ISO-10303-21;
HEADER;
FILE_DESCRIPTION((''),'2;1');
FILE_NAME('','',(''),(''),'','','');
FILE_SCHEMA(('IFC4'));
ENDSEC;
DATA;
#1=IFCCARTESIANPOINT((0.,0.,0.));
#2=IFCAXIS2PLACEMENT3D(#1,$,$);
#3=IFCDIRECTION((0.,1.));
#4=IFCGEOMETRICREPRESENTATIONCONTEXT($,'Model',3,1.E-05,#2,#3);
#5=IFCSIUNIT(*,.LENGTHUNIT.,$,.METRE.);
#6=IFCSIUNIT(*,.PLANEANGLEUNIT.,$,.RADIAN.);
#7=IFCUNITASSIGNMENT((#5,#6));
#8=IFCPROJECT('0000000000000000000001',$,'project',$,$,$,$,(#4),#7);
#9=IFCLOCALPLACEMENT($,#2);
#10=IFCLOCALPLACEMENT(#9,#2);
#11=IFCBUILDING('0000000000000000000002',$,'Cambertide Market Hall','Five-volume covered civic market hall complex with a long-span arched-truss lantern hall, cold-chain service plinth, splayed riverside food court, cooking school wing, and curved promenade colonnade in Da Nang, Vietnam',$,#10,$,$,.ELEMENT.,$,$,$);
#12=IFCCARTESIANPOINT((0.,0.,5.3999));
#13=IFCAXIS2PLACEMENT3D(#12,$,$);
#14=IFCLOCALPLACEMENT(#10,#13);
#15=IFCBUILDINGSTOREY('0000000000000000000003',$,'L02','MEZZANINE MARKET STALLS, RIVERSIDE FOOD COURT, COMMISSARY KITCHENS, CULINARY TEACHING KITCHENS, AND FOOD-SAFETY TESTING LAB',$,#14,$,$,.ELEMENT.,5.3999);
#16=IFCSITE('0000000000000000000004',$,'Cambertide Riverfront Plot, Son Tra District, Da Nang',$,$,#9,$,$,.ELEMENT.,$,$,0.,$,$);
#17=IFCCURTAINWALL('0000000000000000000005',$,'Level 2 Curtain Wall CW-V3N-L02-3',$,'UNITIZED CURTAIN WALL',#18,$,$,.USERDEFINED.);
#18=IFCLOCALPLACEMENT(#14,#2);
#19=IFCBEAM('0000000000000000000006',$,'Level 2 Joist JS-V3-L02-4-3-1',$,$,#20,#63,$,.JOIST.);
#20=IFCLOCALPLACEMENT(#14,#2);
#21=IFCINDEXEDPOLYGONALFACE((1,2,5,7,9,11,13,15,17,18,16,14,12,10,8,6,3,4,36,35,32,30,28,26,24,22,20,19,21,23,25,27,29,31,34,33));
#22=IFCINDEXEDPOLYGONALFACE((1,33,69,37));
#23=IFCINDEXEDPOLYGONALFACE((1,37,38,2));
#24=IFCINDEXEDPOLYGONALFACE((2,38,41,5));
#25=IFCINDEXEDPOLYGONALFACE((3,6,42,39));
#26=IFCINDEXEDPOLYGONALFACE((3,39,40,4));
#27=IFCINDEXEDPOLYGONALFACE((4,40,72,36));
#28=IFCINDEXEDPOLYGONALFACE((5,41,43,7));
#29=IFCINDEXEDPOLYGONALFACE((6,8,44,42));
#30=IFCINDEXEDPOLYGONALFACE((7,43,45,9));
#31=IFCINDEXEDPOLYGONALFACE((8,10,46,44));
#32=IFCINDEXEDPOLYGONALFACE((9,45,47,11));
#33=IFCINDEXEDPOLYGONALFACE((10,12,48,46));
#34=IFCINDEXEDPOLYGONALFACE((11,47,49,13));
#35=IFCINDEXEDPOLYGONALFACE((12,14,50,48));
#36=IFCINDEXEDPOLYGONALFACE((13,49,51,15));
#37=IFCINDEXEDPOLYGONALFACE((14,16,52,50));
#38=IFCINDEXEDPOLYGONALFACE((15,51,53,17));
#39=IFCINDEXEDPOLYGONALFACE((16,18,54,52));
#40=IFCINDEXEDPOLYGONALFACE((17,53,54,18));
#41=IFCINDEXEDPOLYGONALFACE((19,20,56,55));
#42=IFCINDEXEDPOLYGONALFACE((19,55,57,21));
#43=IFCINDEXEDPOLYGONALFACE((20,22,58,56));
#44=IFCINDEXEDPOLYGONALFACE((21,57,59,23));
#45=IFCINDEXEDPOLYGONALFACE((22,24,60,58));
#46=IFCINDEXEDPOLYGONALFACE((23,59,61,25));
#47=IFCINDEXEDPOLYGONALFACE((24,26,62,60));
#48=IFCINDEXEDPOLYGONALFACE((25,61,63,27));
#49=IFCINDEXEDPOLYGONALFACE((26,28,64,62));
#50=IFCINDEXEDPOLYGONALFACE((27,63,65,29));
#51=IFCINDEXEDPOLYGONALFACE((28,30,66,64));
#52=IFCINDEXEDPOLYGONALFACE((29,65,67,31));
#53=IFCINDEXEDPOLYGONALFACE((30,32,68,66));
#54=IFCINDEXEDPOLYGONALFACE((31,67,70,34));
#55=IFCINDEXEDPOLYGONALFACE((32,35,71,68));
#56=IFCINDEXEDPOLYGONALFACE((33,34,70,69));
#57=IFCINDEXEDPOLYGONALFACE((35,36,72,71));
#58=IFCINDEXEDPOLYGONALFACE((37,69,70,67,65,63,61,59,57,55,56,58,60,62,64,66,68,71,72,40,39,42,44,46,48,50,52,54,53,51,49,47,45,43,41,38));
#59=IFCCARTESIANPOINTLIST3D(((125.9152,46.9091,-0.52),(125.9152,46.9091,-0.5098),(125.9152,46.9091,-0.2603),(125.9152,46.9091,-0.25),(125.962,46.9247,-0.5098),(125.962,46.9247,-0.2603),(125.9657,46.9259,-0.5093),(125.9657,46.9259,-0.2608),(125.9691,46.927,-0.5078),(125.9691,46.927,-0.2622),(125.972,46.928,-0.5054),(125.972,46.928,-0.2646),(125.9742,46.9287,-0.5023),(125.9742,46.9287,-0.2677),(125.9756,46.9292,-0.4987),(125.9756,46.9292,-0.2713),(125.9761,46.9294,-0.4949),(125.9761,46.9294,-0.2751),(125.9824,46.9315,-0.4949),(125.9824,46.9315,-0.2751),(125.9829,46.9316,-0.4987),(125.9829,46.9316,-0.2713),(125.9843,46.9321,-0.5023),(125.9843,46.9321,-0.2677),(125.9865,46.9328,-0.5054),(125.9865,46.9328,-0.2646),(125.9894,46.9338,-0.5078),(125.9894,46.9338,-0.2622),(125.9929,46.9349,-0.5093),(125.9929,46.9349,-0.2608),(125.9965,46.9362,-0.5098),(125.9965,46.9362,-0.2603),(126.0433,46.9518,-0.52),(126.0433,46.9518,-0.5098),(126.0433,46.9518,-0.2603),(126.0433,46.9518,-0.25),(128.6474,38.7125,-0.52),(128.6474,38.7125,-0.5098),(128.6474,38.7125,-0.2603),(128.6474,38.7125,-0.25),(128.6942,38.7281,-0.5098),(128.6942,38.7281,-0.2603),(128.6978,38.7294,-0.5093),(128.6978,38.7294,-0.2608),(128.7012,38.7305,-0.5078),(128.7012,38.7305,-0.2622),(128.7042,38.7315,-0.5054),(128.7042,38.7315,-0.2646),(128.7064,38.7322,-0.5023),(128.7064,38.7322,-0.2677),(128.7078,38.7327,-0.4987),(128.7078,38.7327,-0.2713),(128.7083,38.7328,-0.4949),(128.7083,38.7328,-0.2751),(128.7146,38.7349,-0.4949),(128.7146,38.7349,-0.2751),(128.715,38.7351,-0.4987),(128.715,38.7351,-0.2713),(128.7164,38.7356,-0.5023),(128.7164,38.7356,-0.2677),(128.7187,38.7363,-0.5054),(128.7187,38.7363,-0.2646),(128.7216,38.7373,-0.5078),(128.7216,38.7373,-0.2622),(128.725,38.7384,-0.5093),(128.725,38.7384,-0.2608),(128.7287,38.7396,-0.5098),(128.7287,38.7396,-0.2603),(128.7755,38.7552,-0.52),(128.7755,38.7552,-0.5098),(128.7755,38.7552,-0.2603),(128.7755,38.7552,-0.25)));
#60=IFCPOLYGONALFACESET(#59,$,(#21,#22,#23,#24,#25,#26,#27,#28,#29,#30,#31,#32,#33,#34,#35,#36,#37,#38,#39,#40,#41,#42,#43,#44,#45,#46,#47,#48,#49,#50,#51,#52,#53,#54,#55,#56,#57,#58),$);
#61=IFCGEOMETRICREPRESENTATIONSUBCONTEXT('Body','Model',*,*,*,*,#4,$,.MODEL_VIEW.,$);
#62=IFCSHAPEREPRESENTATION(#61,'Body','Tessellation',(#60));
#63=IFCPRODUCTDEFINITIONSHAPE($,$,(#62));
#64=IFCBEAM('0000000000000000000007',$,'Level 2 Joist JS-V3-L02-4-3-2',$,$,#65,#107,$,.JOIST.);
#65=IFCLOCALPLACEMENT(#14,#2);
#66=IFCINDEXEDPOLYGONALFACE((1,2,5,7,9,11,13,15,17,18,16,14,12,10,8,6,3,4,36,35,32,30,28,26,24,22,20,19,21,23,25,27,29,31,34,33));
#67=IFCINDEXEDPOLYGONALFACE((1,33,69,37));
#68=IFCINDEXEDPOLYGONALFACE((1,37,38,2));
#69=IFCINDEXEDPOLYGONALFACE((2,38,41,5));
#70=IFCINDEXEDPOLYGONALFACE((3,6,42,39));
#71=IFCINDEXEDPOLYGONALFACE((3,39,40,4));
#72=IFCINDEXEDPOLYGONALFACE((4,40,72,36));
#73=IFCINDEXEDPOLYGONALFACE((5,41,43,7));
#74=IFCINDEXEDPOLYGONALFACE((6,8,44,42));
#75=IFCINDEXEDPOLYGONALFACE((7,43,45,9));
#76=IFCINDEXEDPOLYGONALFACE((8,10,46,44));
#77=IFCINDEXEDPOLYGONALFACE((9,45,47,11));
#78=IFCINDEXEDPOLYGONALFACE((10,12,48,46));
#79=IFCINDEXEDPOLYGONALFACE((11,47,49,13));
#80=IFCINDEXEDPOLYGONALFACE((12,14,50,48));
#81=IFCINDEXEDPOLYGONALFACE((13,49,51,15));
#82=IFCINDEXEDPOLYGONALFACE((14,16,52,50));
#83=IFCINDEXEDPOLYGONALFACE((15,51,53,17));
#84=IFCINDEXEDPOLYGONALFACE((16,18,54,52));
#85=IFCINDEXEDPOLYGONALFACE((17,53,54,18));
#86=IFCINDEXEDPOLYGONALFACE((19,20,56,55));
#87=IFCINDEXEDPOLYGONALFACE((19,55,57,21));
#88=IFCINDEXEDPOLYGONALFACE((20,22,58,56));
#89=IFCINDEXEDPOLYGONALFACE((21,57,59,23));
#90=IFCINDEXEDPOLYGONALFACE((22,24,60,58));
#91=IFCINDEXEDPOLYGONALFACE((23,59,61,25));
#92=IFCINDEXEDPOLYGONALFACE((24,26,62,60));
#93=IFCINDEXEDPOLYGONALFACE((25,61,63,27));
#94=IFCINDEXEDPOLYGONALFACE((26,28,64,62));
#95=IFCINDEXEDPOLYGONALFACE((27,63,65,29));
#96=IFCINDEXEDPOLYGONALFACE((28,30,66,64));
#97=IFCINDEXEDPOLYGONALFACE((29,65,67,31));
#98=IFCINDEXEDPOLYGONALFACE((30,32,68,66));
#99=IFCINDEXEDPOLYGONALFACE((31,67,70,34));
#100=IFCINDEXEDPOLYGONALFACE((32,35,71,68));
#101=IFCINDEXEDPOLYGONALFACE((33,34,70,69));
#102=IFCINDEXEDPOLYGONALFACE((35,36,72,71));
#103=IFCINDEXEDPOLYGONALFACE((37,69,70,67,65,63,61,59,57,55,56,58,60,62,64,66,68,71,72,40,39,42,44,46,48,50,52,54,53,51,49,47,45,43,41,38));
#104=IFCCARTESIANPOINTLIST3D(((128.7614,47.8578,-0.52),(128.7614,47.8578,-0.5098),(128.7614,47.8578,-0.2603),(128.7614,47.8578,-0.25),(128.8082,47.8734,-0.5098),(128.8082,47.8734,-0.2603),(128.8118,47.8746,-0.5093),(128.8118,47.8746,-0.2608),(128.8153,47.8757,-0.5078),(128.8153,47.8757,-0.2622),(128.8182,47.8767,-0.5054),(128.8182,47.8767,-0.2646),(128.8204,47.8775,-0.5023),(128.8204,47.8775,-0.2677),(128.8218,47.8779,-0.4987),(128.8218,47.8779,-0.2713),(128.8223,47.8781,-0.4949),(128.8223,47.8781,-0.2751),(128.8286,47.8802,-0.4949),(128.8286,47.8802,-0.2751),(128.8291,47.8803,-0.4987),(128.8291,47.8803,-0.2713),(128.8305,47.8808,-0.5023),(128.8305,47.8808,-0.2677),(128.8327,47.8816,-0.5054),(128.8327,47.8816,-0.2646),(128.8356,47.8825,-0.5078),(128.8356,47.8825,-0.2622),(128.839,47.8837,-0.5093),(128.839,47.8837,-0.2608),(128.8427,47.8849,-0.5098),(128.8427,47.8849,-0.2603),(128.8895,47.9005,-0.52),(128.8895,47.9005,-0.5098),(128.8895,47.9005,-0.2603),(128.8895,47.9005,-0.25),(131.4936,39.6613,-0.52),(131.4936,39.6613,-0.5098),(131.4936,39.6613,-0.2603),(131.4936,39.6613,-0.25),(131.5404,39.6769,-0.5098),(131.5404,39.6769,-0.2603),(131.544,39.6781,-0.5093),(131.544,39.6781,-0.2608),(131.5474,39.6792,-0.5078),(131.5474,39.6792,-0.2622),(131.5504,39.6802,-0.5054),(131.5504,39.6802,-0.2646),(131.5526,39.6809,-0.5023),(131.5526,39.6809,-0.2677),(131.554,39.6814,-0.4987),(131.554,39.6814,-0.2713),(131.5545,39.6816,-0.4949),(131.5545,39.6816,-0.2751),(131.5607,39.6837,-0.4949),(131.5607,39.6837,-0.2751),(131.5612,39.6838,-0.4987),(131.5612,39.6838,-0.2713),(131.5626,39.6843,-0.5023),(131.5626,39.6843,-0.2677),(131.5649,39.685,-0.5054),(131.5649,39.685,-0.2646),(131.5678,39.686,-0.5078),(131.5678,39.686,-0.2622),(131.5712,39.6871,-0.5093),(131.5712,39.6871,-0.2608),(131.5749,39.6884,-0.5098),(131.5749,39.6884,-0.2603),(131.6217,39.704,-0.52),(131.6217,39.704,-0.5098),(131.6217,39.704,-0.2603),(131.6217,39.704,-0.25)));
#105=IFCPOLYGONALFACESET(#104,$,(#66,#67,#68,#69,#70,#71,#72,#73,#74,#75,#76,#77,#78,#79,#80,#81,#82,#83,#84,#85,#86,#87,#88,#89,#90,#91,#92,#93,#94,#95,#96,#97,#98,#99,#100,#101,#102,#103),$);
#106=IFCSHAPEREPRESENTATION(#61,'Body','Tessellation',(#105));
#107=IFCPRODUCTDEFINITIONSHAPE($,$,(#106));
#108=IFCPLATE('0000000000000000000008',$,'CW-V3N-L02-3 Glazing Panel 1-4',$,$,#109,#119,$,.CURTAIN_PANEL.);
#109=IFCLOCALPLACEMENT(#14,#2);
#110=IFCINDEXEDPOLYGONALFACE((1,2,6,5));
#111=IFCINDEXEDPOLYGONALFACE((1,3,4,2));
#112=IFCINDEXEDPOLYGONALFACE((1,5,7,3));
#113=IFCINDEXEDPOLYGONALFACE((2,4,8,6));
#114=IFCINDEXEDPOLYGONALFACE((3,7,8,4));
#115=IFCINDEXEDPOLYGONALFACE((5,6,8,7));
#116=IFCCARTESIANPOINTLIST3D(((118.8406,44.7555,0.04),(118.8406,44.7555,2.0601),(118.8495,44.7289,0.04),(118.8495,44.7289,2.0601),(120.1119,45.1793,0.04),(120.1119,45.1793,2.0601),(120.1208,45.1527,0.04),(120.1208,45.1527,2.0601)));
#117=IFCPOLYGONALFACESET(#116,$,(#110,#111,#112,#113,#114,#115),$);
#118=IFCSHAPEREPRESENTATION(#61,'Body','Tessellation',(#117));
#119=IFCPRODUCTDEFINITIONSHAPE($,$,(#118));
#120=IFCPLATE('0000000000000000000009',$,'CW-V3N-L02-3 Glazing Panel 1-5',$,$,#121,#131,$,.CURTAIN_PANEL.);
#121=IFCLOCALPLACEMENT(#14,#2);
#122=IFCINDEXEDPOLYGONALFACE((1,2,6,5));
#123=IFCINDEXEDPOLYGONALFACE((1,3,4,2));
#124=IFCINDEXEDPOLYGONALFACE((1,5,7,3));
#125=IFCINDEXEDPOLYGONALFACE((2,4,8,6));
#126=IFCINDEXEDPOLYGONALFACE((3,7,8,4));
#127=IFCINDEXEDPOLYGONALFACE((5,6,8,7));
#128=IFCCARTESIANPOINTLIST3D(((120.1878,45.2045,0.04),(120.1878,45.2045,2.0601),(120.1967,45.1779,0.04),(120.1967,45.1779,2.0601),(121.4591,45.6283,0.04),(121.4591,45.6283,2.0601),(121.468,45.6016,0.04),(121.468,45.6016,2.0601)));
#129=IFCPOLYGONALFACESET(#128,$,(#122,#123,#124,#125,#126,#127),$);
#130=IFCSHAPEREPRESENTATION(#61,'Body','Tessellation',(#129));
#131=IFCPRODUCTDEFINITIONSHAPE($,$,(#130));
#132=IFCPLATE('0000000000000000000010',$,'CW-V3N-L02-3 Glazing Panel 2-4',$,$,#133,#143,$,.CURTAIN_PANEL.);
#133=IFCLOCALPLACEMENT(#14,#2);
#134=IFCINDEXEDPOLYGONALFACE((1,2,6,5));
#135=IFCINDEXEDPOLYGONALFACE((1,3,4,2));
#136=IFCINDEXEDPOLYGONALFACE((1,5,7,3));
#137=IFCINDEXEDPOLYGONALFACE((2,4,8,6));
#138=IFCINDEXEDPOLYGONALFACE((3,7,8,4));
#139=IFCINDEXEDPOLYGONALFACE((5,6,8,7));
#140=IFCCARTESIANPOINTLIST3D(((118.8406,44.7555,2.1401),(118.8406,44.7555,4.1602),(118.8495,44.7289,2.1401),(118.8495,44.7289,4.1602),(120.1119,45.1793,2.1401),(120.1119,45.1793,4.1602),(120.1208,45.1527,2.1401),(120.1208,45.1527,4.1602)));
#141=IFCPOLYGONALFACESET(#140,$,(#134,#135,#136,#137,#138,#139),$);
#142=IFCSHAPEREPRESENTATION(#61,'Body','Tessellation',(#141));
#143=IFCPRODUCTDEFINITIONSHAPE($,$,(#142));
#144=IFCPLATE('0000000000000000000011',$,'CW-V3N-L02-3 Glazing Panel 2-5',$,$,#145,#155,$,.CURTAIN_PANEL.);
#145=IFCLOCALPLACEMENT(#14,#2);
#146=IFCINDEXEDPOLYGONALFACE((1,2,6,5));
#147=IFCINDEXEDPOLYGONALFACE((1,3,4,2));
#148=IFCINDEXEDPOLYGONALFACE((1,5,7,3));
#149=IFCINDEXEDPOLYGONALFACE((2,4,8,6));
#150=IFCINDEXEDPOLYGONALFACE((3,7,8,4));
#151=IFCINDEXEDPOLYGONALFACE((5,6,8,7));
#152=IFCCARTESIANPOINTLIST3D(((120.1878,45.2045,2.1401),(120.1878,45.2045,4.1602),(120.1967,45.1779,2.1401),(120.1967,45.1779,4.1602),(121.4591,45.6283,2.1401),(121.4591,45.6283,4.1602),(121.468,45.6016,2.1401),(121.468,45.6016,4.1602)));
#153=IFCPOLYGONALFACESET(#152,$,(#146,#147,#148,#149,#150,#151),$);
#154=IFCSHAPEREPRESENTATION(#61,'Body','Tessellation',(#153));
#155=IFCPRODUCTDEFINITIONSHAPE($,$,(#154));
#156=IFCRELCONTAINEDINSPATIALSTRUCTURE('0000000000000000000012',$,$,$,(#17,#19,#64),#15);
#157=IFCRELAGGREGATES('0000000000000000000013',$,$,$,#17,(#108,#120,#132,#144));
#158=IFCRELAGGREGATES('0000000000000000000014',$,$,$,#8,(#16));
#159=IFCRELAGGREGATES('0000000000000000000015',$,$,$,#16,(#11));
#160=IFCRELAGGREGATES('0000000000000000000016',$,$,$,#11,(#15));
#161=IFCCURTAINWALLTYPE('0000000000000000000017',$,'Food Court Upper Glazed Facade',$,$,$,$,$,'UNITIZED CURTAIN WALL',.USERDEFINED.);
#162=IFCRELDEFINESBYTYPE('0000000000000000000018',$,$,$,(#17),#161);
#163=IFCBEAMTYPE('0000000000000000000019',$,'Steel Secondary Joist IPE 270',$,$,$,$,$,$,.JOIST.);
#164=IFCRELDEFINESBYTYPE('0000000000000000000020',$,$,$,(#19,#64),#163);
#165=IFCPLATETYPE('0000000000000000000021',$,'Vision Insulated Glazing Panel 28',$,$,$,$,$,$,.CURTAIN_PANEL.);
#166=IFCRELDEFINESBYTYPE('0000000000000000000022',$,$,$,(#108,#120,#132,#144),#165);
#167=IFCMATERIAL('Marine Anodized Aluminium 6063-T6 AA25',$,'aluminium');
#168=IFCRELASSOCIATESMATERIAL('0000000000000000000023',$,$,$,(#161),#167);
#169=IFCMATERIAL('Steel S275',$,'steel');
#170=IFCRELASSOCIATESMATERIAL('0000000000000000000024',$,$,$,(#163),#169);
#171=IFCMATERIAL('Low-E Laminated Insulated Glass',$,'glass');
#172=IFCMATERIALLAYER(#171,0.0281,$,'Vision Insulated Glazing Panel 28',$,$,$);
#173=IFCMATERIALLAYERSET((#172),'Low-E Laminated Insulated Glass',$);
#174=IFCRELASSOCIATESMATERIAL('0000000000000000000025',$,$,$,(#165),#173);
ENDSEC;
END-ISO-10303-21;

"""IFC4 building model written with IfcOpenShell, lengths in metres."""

from ifc_helpers import new_model, si_unit, direction, frame, origin, origin_2d, place, context, subcontext, project, spatial, rectangle, i_section, extrude, material, layer, layer_set, material_profile, profile_set, type_object, element, aggregate, save


model = new_model("IFC4")

# Units and contexts
model_context = context("Model", 3, precision=1e-05, world=origin(), true_north=direction((0.0, 1.0)))
body_context = subcontext(model_context, "Body", "Model", "MODEL_VIEW")
ifc_project = project(units=[si_unit("LENGTHUNIT", "METRE"), si_unit("PLANEANGLEUNIT", "RADIAN")], contexts=[model_context])

# Site, building, storey
site_placement = place(None, origin())
site = spatial("IfcSite", under=ifc_project, at=site_placement, Name="Cambertide Riverfront Plot, Son Tra District, Da Nang", CompositionType="ELEMENT", RefElevation=0.0)
building_placement = place(site_placement, origin())
building = spatial("IfcBuilding", under=site, at=building_placement, Name="Cambertide Market Hall", Description="Five-volume covered civic market hall complex with a long-span arched-truss lantern hall, cold-chain service plinth, splayed riverside food court, cooking school wing, and curved promenade colonnade in Da Nang, Vietnam", CompositionType="ELEMENT")
storey_placement = place(building_placement, frame((0.0, 0.0, 5.3999)))
storey = spatial("IfcBuildingStorey", under=building, at=storey_placement, Name="L02", Description="MEZZANINE MARKET STALLS, RIVERSIDE FOOD COURT, COMMISSARY KITCHENS, CULINARY TEACHING KITCHENS, AND FOOD-SAFETY TESTING LAB", CompositionType="ELEMENT", Elevation=5.3999)

# Curtain wall
ifc_material_1 = material(Name="Marine Anodized Aluminium 6063-T6 AA25", Category="aluminium")
curtain_wall_type = type_object("IfcCurtainWallType", Name="Food Court Upper Glazed Facade", ElementType="UNITIZED CURTAIN WALL", PredefinedType="USERDEFINED", material=ifc_material_1)
curtain_wall_placement = place(storey_placement, origin())
curtain_wall = element("IfcCurtainWall", 1, at=curtain_wall_placement, inside=storey, type_object=curtain_wall_type, Name="Level 2 Curtain Wall CW-V3N-L02-3", ObjectType="UNITIZED CURTAIN WALL", PredefinedType="USERDEFINED")

# Beams
ifc_material_2 = material(Name="Steel S275", Category="steel")
ifc_material_profile_1 = material_profile(ifc_material_2, i_section(OverallWidth=0.135, OverallDepth=0.27, WebThickness=0.0066, FlangeThickness=0.0103, FilletRadius=0.0149, at=origin_2d()), Name="IPE 270")
ifc_profile_set_1 = profile_set([ifc_material_profile_1], Name="Steel S275")
beam_type_1 = type_object("IfcBeamType", Name="Steel Secondary Joist IPE 270", PredefinedType="JOIST", material=ifc_profile_set_1)
for number, where, z_axis, x_axis, name in (
    (2, (128.7114, 38.7339, -0.385), (-0.316228, 0.948683, 0.0), (-0.948683, -0.316228, 0.0), "Level 2 Joist JS-V3-L02-4-3-1"),
    (3, (131.5576, 39.6826, -0.385), (-0.316228, 0.948683, 0.0), (-0.948683, -0.316228, 0.0), "Level 2 Joist JS-V3-L02-4-3-2"),
):
    element("IfcBeam", number, at=place(storey_placement, frame(where, z_axis=z_axis, x_axis=x_axis)), inside=storey, type_object=beam_type_1, Name=name, PredefinedType="JOIST", context=body_context, shape_type="SweptSolid", body=[
        extrude(i_section(OverallWidth=0.135, OverallDepth=0.27, WebThickness=0.0066, FlangeThickness=0.0103, FilletRadius=0.0149, at=origin_2d()), origin(), (0.0, 0.0, 1.0), 8.6399),
    ])

# Plates
ifc_material_3 = material(Name="Low-E Laminated Insulated Glass", Category="glass")
ifc_layer_1 = layer(ifc_material_3, 0.0281, Name="Vision Insulated Glazing Panel 28")
ifc_layer_set_1 = layer_set([ifc_layer_1], Name="Low-E Laminated Insulated Glass")
plate_type = type_object("IfcPlateType", Name="Vision Insulated Glazing Panel 28", PredefinedType="CURTAIN_PANEL", material=ifc_layer_set_1)
plate_1_placement = place(storey_placement, frame((119.4807, 44.9541, 0.04), z_axis=(0.0, 0.0, 1.0), x_axis=(0.948683, 0.316228, 0.0)))
plate_1 = element("IfcPlate", 4, at=plate_1_placement, type_object=plate_type, Name="CW-V3N-L02-3 Glazing Panel 1-4", PredefinedType="CURTAIN_PANEL", context=body_context, shape_type="SweptSolid", body=[
    extrude(rectangle(XDim=1.3401, YDim=0.0281, at=origin_2d()), origin(), (0.0, 0.0, 1.0), 2.02),
])
plate_2_placement = place(storey_placement, frame((120.8279, 45.4031, 0.04), z_axis=(0.0, 0.0, 1.0), x_axis=(0.948683, 0.316228, 0.0)))
plate_2 = element("IfcPlate", 5, at=plate_2_placement, type_object=plate_type, Name="CW-V3N-L02-3 Glazing Panel 1-5", PredefinedType="CURTAIN_PANEL", context=body_context, shape_type="SweptSolid", body=[
    extrude(rectangle(XDim=1.3401, YDim=0.0281, at=origin_2d()), origin(), (0.0, 0.0, 1.0), 2.02),
])
plate_3_placement = place(storey_placement, frame((119.4807, 44.9541, 2.1401), z_axis=(0.0, 0.0, 1.0), x_axis=(0.948683, 0.316228, 0.0)))
plate_3 = element("IfcPlate", 6, at=plate_3_placement, type_object=plate_type, Name="CW-V3N-L02-3 Glazing Panel 2-4", PredefinedType="CURTAIN_PANEL", context=body_context, shape_type="SweptSolid", body=[
    extrude(rectangle(XDim=1.3401, YDim=0.0281, at=origin_2d()), origin(), (0.0, 0.0, 1.0), 2.02),
])
plate_4_placement = place(storey_placement, frame((120.8279, 45.4031, 2.1401), z_axis=(0.0, 0.0, 1.0), x_axis=(0.948683, 0.316228, 0.0)))
plate_4 = element("IfcPlate", 7, at=plate_4_placement, type_object=plate_type, Name="CW-V3N-L02-3 Glazing Panel 2-5", PredefinedType="CURTAIN_PANEL", context=body_context, shape_type="SweptSolid", body=[
    extrude(rectangle(XDim=1.3401, YDim=0.0281, at=origin_2d()), origin(), (0.0, 0.0, 1.0), 2.02),
])
aggregate(curtain_wall, [plate_1, plate_2, plate_3, plate_4])

save(model, "model.ifc")
